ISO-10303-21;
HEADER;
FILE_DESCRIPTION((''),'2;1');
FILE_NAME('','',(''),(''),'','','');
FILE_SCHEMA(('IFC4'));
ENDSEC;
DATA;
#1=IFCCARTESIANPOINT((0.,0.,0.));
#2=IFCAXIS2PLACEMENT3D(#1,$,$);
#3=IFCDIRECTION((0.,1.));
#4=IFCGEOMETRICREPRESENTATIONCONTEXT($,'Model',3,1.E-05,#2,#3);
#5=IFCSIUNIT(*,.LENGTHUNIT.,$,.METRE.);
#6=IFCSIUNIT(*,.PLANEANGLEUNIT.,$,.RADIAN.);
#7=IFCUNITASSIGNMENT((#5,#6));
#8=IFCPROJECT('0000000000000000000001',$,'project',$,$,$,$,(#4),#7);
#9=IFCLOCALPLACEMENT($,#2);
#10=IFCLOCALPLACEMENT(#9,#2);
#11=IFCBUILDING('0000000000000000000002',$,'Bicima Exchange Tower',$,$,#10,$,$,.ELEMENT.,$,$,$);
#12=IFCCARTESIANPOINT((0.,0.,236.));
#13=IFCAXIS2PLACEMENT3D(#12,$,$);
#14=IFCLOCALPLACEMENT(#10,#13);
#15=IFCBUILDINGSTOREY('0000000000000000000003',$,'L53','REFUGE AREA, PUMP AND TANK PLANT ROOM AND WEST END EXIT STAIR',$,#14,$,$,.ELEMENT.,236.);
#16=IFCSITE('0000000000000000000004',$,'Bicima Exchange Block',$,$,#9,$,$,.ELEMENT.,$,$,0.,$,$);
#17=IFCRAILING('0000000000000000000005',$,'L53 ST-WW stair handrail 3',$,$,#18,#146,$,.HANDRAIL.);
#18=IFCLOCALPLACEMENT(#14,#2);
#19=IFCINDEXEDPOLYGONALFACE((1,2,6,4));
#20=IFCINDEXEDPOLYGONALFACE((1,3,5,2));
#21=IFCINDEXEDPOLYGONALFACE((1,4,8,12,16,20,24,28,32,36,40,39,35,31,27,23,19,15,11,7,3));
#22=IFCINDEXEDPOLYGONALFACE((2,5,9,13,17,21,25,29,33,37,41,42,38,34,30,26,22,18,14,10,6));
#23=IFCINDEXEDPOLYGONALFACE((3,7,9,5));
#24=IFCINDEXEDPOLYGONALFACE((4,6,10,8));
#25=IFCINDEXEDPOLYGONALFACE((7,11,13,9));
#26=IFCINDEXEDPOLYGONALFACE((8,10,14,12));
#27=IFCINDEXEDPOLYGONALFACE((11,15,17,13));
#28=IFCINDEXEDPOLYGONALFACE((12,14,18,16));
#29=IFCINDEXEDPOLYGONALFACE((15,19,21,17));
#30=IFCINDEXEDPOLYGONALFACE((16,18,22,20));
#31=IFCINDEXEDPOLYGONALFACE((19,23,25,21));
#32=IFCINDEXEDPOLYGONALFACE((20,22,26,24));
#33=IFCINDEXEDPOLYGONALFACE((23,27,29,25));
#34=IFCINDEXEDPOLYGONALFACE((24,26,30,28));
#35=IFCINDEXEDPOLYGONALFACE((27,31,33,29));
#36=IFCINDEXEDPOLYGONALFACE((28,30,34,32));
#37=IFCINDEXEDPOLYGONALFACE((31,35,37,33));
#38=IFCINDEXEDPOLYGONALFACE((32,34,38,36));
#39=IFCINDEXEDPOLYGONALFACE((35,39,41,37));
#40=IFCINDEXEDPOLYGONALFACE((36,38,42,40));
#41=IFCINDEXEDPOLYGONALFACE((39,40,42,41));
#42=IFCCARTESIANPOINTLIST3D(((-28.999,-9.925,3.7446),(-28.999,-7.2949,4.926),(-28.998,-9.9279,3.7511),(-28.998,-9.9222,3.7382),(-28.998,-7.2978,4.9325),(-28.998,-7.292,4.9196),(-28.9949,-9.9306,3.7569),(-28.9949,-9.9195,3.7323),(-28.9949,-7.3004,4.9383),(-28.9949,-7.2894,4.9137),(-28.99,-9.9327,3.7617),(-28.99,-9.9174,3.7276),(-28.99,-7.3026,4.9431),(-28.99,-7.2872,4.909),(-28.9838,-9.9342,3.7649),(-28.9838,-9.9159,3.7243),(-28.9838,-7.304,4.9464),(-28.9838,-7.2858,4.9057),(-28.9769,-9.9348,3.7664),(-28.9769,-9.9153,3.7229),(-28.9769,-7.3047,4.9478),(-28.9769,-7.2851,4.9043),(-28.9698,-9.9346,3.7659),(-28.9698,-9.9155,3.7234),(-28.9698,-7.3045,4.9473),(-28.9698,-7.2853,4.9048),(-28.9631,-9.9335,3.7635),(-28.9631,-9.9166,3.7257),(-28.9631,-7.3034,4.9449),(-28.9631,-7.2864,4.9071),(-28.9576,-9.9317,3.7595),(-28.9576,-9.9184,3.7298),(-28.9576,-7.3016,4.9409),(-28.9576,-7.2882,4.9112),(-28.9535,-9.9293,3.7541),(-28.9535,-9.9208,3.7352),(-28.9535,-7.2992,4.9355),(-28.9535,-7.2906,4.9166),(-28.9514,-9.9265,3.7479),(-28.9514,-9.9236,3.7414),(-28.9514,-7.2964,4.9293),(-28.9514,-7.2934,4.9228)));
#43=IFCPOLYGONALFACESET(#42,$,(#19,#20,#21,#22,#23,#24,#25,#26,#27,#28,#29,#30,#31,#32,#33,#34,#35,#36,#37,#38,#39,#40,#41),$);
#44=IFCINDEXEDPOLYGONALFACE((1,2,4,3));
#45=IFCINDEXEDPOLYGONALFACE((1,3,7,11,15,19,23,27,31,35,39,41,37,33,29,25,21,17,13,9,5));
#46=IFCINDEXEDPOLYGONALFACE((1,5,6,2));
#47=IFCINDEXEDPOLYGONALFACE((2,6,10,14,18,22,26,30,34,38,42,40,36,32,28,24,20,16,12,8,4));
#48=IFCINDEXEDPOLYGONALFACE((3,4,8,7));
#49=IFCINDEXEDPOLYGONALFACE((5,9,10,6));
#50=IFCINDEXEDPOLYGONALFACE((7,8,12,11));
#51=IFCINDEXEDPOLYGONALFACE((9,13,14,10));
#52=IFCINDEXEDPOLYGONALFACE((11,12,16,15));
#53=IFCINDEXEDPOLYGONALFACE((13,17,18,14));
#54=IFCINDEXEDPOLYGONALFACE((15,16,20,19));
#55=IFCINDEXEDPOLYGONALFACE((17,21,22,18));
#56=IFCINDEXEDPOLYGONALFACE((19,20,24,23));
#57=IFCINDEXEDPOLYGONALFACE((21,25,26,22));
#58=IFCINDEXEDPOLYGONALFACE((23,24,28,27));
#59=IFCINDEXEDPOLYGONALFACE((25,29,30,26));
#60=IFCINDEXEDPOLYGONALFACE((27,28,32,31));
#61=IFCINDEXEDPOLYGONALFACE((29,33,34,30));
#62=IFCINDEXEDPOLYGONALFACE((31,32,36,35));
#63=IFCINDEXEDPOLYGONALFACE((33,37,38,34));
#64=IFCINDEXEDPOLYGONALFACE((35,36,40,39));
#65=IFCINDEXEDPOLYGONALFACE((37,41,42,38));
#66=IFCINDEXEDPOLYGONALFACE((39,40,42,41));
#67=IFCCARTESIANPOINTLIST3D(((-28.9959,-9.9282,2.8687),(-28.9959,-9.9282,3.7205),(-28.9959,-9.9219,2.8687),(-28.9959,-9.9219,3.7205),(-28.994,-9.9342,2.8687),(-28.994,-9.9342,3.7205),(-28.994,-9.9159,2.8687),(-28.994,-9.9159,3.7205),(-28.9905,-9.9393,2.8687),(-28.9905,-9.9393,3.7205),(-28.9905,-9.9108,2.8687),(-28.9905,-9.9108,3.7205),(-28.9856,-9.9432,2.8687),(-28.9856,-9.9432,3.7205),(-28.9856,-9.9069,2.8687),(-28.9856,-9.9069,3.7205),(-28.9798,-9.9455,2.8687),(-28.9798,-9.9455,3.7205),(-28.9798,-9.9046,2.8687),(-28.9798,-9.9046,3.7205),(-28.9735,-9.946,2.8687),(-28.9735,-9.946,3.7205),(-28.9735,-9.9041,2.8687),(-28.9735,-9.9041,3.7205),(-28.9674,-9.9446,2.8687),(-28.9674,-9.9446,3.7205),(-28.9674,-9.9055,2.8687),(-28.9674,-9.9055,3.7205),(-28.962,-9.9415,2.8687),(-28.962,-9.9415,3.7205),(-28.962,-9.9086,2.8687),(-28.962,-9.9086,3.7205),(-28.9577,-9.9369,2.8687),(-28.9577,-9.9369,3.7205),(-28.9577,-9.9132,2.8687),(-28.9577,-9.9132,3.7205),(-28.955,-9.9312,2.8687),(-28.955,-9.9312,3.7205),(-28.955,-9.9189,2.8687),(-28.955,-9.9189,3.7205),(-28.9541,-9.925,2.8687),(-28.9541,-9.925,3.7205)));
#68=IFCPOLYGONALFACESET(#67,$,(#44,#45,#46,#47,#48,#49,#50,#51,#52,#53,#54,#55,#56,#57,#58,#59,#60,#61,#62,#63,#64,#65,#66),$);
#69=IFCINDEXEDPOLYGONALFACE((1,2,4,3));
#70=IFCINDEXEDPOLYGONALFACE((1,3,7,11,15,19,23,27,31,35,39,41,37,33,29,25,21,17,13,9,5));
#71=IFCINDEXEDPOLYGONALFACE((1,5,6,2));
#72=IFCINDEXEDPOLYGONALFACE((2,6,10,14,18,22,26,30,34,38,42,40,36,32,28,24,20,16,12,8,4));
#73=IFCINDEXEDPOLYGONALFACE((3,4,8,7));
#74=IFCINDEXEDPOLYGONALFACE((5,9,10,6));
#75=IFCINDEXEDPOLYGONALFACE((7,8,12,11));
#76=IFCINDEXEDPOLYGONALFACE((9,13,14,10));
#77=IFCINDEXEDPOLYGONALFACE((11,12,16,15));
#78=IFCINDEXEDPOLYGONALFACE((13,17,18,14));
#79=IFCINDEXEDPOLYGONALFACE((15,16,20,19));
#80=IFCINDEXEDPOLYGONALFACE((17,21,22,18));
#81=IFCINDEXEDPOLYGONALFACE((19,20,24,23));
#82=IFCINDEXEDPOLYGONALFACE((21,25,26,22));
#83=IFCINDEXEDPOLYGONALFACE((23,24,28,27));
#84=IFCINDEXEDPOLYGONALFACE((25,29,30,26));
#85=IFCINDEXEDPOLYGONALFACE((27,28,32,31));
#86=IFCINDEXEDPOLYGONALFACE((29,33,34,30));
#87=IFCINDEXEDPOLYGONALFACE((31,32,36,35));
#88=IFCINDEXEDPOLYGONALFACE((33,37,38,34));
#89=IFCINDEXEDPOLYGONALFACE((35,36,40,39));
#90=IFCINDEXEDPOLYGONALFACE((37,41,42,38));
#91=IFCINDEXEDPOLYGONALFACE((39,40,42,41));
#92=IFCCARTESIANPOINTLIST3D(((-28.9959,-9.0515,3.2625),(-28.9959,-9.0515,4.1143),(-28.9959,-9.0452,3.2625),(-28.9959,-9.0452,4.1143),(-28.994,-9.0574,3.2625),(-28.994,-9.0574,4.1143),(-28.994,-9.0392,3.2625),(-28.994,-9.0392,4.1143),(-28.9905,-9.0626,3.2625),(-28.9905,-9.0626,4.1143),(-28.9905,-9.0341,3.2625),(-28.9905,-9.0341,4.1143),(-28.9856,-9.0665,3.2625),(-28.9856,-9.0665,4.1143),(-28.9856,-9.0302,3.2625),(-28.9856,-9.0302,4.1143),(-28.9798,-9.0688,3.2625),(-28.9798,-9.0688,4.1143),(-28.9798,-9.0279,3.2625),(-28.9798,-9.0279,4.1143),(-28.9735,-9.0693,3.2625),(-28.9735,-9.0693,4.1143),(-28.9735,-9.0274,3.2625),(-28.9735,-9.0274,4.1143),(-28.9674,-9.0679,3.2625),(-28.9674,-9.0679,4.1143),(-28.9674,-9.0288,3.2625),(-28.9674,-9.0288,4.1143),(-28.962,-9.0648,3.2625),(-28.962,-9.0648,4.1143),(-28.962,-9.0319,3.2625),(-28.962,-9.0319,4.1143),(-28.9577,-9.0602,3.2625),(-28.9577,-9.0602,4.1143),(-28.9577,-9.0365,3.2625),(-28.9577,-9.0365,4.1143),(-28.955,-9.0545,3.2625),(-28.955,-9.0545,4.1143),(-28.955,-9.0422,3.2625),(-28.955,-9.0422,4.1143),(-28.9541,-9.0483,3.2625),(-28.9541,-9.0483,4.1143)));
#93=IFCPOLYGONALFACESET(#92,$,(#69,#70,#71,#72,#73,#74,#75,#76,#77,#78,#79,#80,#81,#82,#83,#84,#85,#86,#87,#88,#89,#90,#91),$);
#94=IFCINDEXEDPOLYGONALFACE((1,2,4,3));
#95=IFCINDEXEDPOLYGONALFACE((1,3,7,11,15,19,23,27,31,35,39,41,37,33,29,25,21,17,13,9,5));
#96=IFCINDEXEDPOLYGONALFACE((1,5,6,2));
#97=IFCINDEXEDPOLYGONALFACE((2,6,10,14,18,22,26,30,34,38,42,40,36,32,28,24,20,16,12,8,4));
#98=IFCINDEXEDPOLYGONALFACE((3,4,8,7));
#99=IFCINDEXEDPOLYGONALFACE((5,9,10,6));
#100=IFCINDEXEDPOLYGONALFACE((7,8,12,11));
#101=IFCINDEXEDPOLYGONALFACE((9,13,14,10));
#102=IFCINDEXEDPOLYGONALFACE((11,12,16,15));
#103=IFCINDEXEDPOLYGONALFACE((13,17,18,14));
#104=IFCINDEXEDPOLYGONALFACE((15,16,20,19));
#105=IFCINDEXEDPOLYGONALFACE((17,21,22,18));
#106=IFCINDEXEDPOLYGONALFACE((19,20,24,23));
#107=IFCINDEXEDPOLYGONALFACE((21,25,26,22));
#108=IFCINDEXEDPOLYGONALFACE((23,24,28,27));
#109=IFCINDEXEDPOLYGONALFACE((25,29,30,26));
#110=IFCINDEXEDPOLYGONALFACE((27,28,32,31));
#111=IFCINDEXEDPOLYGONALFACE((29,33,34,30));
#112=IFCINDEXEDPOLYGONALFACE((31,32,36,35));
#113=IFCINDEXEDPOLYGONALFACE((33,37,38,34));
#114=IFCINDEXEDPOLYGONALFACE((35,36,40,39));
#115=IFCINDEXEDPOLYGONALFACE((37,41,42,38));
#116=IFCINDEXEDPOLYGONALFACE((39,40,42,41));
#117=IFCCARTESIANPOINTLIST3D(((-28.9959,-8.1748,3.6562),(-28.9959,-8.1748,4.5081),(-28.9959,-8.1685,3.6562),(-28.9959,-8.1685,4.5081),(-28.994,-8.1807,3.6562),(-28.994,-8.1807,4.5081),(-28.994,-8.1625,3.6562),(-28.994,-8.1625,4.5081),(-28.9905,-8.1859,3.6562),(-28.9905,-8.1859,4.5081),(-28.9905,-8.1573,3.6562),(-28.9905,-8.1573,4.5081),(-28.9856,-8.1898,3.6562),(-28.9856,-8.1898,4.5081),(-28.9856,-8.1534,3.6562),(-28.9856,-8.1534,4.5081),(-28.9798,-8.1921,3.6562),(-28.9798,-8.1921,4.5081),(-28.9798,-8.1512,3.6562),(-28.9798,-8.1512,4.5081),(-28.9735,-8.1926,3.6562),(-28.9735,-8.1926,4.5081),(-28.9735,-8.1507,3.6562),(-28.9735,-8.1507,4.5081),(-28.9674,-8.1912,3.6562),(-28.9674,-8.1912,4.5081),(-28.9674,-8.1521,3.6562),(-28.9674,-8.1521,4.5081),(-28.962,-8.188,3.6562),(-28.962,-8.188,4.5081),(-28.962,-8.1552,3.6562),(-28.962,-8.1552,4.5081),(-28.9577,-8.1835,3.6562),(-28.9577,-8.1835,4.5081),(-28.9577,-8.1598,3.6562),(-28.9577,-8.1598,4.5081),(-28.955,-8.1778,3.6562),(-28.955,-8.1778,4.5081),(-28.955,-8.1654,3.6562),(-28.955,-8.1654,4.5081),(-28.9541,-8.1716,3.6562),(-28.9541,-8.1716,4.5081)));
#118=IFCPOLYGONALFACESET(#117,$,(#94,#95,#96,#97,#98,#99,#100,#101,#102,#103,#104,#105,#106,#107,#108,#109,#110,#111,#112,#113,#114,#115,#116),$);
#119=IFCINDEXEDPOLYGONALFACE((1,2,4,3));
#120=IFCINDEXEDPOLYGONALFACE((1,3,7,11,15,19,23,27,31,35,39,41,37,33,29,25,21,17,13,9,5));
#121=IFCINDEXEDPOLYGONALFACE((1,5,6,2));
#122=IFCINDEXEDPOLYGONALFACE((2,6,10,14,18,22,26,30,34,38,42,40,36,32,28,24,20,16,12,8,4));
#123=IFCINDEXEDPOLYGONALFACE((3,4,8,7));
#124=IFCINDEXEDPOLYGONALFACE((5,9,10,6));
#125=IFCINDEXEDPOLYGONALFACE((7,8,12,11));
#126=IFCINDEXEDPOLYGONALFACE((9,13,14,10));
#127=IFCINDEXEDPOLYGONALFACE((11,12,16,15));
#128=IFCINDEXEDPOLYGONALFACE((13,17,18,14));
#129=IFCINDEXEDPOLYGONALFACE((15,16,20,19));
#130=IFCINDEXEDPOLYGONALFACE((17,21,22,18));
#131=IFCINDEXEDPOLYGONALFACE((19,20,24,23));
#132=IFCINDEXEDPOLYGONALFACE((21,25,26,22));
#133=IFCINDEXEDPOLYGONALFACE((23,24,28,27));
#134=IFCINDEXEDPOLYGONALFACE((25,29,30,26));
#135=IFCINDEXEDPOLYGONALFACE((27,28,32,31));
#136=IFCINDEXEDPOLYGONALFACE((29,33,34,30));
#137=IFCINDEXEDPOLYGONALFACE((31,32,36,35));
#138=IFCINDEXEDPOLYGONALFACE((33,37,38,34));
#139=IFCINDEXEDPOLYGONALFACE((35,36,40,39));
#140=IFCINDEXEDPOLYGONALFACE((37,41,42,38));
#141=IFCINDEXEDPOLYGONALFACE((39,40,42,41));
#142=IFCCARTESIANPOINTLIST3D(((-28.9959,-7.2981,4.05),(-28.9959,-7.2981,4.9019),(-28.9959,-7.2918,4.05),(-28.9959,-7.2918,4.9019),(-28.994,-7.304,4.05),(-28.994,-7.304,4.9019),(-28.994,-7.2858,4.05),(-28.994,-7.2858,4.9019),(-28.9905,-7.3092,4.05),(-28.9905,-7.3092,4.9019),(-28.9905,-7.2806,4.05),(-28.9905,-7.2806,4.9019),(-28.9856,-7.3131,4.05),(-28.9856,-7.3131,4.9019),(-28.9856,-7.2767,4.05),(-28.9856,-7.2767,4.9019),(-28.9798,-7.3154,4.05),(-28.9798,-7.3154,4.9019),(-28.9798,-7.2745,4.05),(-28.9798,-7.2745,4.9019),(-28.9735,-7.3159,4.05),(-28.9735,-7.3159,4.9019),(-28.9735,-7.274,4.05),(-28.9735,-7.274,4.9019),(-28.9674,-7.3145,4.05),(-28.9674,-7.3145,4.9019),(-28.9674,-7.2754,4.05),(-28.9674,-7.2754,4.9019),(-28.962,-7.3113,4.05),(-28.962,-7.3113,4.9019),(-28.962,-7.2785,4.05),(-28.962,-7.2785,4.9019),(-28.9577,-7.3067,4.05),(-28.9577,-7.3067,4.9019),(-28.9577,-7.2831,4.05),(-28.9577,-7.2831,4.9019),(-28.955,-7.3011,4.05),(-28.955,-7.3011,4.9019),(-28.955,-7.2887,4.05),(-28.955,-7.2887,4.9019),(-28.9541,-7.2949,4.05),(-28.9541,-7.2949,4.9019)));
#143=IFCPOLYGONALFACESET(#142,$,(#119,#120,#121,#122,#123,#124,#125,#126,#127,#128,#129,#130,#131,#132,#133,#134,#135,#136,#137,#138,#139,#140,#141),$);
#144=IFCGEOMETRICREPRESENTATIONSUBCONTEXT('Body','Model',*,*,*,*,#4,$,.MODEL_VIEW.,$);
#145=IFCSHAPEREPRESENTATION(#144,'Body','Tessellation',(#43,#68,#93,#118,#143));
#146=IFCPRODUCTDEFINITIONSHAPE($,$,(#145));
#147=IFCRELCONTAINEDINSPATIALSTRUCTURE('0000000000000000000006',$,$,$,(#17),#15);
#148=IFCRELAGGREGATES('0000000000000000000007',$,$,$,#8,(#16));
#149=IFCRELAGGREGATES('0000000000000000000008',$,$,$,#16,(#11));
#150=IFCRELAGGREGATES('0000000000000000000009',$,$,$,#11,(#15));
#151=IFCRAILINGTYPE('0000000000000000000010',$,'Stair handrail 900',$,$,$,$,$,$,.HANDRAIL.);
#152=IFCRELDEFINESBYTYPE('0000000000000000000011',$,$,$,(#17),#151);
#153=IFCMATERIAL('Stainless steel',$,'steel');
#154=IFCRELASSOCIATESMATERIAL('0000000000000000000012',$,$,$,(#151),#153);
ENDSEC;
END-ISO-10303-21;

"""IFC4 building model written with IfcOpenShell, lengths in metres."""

from ifc_helpers import new_model, si_unit, direction, frame, origin, origin_2d, place, context, subcontext, project, spatial, circle, extrude, material, type_object, element, save


model = new_model("IFC4")

# Units and contexts
model_context = context("Model", 3, precision=1e-05, world=origin(), true_north=direction((0.0, 1.0)))
body_context = subcontext(model_context, "Body", "Model", "MODEL_VIEW")
ifc_project = project(units=[si_unit("LENGTHUNIT", "METRE"), si_unit("PLANEANGLEUNIT", "RADIAN")], contexts=[model_context])

# Site, building, storey
site_placement = place(None, origin())
site = spatial("IfcSite", under=ifc_project, at=site_placement, Name="Bicima Exchange Block", CompositionType="ELEMENT", RefElevation=0.0)
building_placement = place(site_placement, origin())
building = spatial("IfcBuilding", under=site, at=building_placement, Name="Bicima Exchange Tower", CompositionType="ELEMENT")
storey_placement = place(building_placement, frame((0.0, 0.0, 236.0)))
storey = spatial("IfcBuildingStorey", under=building, at=storey_placement, Name="L53", Description="REFUGE AREA, PUMP AND TANK PLANT ROOM AND WEST END EXIT STAIR", CompositionType="ELEMENT", Elevation=236.0)

# Railing
ifc_material_1 = material(Name="Stainless steel", Category="steel")
railing_type_1 = type_object("IfcRailingType", Name="Stair handrail 900", PredefinedType="HANDRAIL", material=ifc_material_1)
railing_1_placement = place(storey_placement, frame((-28.9751, -9.925, 2.8687)))
element("IfcRailing", 1, at=railing_1_placement, inside=storey, type_object=railing_type_1, Name="L53 ST-WW stair handrail 3", PredefinedType="HANDRAIL", context=body_context, shape_type="SweptSolid", body=[
    extrude(circle(Radius=0.0239, at=origin_2d()), frame((0.0, 0.0, 0.876), z_axis=(0.0, 0.912202, 0.409741), x_axis=(-1.0, 0.0, 0.0)), (0.0, 0.0, 1.0), 2.8833),
    extrude(circle(Radius=0.021, at=origin_2d()), origin(), (0.0, 0.0, 1.0), 0.8518),
    extrude(circle(Radius=0.021, at=origin_2d()), frame((0.0, 0.8767, 0.3938)), (0.0, 0.0, 1.0), 0.8518),
    extrude(circle(Radius=0.021, at=origin_2d()), frame((0.0, 1.7534, 0.7876)), (0.0, 0.0, 1.0), 0.8518),
    extrude(circle(Radius=0.021, at=origin_2d()), frame((0.0, 2.6301, 1.1814)), (0.0, 0.0, 1.0), 0.8518),
])

save(model, "model.ifc")
